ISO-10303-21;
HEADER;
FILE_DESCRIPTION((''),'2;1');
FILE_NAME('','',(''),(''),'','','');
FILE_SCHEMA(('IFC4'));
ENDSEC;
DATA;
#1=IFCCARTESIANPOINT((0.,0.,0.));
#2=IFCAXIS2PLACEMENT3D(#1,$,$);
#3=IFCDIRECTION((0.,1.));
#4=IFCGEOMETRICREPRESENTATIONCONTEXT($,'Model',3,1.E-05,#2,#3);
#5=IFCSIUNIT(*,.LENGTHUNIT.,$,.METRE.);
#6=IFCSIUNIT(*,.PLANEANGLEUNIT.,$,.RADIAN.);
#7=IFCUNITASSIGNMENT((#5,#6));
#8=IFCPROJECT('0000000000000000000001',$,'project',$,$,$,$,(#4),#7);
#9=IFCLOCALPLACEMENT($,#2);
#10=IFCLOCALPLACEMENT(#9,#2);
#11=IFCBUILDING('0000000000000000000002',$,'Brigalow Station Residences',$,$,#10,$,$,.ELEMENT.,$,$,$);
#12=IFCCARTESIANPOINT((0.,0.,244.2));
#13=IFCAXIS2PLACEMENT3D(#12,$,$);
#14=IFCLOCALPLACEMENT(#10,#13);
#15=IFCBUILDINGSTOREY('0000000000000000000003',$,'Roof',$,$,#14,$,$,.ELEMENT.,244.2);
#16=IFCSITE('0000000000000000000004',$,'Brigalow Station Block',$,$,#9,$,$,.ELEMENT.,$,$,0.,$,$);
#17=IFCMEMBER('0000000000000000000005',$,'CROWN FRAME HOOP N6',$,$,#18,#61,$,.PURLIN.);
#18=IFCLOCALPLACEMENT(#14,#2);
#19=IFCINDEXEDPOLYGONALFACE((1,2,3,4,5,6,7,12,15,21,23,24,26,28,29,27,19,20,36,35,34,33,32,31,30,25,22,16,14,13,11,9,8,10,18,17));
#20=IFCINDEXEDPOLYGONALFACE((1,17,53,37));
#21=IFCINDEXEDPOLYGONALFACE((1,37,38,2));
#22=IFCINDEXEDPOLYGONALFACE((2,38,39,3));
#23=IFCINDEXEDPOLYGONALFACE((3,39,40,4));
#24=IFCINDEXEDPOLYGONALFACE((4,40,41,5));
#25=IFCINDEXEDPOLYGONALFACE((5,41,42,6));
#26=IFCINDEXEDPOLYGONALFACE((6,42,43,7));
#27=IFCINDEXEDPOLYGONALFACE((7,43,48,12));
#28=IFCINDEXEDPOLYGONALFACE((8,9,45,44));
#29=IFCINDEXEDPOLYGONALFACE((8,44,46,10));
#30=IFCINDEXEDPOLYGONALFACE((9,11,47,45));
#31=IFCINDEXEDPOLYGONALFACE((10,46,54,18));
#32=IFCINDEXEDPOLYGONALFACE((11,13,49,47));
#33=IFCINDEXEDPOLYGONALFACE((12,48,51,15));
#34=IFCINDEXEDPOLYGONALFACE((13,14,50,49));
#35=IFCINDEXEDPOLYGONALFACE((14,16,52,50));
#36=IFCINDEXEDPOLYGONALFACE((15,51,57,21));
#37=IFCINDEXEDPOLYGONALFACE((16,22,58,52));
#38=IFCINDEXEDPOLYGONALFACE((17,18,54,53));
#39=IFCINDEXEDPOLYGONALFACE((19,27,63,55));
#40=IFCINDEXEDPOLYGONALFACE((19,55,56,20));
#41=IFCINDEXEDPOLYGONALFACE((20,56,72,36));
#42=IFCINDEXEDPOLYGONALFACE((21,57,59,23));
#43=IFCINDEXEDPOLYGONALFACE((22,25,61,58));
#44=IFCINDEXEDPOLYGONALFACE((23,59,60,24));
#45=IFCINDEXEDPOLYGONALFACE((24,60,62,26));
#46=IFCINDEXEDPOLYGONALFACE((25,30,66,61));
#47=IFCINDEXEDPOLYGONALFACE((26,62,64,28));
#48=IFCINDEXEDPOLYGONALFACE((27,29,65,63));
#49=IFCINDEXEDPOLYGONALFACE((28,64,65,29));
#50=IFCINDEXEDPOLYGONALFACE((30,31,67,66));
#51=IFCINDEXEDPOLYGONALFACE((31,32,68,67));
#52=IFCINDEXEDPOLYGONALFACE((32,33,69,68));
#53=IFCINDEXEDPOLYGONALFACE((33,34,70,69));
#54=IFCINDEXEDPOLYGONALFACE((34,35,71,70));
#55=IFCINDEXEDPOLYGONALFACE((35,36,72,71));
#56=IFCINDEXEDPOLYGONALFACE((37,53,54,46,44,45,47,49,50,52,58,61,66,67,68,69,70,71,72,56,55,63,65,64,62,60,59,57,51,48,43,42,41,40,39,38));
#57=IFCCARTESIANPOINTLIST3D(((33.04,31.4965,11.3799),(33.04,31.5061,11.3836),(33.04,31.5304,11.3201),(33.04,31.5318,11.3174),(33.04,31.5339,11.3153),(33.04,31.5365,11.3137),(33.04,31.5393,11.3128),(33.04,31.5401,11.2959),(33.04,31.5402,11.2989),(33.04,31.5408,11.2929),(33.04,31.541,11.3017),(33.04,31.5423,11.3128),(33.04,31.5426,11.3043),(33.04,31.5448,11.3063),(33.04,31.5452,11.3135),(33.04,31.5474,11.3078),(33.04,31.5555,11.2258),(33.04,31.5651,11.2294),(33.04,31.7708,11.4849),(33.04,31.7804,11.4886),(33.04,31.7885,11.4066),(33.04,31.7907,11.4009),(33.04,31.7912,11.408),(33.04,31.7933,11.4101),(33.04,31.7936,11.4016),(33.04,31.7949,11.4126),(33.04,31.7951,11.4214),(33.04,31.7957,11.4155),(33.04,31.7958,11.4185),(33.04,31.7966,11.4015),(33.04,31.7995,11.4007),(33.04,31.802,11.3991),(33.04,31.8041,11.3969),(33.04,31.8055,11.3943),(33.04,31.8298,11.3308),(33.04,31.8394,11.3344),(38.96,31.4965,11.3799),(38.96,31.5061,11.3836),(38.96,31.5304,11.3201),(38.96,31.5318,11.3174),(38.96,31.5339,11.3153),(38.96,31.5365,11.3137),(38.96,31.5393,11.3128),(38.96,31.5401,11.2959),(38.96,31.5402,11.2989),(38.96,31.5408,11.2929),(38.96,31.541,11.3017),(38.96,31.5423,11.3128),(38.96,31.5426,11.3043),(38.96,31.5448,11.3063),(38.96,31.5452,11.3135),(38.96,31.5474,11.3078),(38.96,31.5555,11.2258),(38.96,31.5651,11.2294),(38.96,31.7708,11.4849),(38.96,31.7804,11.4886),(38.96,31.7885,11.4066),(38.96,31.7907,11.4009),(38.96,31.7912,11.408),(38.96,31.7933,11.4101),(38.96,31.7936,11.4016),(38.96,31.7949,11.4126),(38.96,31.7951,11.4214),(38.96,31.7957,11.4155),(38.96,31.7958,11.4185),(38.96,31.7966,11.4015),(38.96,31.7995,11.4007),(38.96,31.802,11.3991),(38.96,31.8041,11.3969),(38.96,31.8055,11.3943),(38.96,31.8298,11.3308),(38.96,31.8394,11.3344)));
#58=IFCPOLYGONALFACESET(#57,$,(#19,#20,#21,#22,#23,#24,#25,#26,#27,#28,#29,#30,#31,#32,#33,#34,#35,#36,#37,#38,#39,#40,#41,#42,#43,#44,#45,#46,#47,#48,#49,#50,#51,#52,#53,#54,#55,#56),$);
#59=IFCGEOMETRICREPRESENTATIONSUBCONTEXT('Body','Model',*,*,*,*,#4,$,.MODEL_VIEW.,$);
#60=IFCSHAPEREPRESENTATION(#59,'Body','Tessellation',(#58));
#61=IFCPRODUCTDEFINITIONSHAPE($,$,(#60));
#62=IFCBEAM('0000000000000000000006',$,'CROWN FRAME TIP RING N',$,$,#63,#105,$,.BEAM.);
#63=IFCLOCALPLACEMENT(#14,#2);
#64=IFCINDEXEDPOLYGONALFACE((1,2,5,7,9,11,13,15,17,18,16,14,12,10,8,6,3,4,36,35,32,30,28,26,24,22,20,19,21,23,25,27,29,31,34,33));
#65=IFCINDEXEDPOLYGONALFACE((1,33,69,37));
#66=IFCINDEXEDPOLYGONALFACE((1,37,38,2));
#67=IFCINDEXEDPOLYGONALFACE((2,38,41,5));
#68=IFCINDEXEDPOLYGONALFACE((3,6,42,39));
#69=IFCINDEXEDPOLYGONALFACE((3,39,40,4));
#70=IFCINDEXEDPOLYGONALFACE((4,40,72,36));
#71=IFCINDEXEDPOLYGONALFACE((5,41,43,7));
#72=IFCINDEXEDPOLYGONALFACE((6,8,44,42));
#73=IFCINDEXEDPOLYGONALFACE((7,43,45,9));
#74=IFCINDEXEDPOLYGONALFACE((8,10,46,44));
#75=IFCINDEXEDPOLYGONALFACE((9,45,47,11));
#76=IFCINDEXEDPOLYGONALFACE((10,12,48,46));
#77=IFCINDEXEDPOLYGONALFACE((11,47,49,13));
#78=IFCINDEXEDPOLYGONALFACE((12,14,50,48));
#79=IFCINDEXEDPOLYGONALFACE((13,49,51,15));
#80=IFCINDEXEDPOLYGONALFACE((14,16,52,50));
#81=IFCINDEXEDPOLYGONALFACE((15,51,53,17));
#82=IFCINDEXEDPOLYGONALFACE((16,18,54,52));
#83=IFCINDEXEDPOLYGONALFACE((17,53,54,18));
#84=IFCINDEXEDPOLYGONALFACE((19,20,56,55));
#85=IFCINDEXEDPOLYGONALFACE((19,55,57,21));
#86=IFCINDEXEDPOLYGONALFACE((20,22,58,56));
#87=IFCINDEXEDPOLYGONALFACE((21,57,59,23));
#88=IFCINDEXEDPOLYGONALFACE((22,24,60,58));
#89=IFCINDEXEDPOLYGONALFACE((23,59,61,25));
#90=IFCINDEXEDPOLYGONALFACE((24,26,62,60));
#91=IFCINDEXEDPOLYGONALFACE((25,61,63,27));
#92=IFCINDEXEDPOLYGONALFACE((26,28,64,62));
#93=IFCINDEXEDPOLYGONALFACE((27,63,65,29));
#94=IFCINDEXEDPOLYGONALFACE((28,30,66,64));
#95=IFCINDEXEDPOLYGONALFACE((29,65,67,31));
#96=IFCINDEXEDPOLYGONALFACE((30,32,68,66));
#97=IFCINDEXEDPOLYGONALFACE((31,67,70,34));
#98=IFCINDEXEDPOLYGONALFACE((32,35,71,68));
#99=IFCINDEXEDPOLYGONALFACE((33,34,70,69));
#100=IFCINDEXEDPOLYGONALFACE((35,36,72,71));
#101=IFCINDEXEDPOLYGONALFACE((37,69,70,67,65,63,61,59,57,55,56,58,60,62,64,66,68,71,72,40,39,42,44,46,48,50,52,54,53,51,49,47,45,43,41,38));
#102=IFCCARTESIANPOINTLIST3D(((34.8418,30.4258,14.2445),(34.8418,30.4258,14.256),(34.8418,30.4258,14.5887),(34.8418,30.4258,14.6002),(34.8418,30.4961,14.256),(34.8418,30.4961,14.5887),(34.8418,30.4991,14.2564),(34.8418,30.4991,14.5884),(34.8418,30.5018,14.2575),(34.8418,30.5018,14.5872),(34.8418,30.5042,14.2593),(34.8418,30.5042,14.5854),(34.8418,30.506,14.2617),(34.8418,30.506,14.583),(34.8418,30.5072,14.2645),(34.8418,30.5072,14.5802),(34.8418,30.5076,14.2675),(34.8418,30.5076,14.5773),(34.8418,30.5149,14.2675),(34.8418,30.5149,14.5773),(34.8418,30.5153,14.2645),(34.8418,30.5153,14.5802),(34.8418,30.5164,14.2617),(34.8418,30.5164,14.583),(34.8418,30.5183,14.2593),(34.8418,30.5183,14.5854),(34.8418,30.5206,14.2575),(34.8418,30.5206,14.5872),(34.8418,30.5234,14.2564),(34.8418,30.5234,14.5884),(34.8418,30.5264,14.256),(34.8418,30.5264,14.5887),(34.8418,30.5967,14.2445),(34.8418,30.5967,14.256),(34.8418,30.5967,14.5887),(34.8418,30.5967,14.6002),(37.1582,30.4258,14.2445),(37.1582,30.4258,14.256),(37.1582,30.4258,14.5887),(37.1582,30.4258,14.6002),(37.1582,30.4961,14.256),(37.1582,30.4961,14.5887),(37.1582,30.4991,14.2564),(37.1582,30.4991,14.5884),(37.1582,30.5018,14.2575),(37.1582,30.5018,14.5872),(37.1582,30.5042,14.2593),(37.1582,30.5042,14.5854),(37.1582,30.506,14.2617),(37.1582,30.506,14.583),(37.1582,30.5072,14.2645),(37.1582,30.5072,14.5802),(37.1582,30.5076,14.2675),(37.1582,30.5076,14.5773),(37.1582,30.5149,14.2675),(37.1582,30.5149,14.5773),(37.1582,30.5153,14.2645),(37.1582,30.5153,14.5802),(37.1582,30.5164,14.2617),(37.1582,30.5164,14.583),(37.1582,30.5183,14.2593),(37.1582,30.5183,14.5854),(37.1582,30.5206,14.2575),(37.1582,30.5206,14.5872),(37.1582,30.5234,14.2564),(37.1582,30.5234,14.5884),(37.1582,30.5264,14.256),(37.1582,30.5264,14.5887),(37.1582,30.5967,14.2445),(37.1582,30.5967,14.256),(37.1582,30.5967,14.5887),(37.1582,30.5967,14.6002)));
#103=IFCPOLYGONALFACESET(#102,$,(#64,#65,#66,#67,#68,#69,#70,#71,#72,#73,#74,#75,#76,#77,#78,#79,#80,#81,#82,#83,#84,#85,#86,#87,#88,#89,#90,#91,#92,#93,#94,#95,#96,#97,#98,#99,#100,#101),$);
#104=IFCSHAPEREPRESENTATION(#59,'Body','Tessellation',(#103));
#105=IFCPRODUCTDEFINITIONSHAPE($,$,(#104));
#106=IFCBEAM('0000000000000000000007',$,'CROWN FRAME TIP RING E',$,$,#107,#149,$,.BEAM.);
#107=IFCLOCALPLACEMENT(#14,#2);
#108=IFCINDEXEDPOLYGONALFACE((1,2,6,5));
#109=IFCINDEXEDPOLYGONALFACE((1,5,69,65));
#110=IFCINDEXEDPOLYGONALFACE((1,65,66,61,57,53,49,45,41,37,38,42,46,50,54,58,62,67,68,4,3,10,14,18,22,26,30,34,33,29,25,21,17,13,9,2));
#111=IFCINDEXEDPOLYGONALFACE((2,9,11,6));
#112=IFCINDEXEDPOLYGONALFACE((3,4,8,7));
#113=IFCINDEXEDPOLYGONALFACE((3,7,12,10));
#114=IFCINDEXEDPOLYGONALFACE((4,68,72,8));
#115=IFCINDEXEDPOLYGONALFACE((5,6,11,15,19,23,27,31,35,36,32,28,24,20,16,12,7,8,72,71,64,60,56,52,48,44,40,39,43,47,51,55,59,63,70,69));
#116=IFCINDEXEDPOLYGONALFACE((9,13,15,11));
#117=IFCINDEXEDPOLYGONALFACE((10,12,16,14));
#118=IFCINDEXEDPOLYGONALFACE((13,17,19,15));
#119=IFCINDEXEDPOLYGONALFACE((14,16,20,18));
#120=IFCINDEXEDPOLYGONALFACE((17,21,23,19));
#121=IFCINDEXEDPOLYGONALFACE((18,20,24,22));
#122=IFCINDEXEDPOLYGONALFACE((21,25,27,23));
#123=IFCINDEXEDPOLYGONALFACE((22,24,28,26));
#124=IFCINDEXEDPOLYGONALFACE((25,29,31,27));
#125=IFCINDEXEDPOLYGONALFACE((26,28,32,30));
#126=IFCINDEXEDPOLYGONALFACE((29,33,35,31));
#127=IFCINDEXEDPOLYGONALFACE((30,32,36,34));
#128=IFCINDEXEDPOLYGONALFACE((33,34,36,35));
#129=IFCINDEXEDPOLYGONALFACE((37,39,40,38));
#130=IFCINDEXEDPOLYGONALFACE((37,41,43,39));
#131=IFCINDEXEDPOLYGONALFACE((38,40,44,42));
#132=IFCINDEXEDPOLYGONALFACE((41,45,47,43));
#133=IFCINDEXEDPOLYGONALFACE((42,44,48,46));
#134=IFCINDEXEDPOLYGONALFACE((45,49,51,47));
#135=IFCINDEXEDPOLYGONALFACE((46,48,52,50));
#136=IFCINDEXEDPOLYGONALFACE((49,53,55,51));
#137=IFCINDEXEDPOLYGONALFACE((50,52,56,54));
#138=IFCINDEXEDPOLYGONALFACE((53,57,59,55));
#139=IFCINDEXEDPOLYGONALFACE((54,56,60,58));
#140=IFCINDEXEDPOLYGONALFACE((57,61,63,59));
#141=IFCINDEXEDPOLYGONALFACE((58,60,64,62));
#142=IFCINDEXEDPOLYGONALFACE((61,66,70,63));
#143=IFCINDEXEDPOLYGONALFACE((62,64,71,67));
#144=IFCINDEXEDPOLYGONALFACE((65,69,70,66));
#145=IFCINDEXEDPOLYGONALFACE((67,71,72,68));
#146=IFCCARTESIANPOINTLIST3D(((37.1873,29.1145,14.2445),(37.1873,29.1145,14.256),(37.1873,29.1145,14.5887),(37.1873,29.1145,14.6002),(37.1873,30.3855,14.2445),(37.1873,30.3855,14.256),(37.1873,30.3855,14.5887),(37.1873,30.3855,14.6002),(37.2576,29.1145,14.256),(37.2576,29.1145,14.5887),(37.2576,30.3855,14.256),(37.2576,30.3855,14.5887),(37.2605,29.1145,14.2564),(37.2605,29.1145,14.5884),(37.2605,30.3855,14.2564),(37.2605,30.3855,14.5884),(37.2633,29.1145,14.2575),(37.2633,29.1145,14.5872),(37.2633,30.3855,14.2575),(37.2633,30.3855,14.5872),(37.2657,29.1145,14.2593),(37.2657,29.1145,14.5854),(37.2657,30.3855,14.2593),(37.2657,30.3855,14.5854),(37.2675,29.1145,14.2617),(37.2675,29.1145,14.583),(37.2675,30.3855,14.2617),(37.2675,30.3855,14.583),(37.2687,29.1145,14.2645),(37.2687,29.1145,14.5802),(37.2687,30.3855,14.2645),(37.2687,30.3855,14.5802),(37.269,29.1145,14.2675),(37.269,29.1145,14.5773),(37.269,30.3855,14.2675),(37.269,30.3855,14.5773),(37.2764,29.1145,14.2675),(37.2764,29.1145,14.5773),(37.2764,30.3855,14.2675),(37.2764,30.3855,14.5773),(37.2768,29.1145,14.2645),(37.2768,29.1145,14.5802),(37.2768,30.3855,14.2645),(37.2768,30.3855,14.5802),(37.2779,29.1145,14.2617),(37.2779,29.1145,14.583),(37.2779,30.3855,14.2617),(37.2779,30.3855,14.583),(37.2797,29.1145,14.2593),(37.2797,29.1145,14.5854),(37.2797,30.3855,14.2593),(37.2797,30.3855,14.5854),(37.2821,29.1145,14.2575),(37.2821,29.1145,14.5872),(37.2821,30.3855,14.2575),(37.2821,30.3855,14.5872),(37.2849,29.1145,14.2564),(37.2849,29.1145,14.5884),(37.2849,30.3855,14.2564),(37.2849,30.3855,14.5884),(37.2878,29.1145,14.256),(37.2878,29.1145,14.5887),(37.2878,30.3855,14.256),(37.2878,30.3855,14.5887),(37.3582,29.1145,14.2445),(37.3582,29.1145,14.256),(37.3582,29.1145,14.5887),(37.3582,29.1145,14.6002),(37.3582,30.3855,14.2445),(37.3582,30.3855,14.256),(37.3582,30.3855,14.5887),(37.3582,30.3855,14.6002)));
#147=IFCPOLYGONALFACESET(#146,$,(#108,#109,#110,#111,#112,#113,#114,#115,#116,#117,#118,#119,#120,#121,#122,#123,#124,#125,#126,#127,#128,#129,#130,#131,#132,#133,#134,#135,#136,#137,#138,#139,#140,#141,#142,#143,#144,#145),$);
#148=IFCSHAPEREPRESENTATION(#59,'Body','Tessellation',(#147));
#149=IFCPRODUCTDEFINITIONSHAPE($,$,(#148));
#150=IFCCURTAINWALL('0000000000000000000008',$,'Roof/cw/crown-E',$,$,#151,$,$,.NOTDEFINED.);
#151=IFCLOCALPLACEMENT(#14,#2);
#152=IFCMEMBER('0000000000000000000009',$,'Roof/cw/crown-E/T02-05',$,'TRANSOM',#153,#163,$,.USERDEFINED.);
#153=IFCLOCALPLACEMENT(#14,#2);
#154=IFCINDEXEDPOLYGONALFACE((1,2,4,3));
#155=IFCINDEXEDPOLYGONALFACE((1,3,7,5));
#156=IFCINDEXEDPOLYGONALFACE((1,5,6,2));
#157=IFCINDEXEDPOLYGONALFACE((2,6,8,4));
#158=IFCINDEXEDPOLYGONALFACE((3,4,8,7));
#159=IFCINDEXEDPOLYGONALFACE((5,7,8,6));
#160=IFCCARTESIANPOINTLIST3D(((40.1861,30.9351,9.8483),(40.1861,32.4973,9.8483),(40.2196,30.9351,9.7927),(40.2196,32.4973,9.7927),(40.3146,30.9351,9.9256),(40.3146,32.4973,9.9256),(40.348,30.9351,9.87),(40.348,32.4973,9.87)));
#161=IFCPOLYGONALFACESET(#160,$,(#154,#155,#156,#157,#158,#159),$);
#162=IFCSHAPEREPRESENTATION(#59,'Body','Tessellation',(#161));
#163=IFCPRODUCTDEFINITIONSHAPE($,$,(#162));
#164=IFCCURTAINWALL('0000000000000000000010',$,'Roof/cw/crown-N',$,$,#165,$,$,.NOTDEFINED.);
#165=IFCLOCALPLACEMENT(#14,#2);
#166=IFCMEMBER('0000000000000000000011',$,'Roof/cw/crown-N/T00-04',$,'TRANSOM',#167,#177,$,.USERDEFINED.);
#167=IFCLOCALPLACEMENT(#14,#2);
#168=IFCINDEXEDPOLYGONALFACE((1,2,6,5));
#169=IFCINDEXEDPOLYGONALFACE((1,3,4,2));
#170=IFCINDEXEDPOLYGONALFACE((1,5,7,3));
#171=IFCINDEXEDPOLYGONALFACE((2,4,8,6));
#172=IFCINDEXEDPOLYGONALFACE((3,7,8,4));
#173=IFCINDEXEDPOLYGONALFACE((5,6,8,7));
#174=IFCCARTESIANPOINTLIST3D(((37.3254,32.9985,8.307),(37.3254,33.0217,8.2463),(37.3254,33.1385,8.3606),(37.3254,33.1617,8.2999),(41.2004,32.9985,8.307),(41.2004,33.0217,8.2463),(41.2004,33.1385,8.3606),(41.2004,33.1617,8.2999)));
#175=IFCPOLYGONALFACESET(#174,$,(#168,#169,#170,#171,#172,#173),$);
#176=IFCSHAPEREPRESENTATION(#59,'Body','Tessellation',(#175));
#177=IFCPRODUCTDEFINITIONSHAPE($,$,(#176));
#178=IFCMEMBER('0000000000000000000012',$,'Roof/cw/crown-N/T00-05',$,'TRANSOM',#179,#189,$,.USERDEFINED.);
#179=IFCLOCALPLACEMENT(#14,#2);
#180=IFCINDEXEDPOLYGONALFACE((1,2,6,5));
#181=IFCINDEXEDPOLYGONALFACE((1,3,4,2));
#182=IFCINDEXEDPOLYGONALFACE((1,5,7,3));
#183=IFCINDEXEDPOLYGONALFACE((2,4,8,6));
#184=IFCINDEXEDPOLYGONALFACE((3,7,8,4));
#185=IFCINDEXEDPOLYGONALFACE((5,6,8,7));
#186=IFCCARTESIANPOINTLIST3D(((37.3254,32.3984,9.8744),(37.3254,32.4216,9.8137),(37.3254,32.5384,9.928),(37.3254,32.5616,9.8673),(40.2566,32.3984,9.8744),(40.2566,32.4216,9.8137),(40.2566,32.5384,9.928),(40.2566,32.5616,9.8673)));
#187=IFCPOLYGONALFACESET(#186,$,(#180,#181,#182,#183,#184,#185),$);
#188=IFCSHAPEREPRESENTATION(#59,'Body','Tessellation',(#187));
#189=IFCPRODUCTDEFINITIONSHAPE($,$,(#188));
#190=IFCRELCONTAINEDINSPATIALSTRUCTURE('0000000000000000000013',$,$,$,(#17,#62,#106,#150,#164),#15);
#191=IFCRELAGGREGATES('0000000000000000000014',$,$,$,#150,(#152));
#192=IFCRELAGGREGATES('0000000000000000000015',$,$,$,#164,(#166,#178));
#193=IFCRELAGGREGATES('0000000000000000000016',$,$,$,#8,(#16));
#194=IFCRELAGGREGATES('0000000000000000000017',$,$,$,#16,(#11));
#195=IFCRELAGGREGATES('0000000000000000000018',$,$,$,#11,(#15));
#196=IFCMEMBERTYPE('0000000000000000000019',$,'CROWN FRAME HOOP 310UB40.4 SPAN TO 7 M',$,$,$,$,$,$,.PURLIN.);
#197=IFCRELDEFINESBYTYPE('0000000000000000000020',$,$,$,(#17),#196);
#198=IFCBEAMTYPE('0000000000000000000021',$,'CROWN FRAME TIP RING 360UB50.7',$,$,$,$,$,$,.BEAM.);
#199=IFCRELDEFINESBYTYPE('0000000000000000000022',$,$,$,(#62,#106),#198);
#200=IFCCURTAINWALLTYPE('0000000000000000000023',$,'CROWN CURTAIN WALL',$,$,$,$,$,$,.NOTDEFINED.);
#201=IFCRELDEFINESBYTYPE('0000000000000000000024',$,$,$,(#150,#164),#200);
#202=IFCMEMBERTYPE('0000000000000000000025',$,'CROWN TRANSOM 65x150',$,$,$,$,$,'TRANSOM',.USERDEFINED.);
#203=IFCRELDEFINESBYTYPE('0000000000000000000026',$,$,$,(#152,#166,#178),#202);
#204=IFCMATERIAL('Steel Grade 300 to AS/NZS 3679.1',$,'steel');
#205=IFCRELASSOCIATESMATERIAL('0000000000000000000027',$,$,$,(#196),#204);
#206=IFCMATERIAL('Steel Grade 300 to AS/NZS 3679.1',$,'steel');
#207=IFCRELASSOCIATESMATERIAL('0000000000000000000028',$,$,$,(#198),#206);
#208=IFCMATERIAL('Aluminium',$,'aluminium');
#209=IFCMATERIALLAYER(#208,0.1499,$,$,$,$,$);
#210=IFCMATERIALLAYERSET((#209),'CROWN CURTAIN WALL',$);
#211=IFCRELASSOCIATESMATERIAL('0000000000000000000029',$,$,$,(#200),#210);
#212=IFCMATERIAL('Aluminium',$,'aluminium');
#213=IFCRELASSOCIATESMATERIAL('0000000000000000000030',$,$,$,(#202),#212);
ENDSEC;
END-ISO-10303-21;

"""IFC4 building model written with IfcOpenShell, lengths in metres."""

from ifc_helpers import new_model, si_unit, direction, frame, origin, origin_2d, place, context, subcontext, project, spatial, rectangle, i_section, extrude, material, layer, layer_set, material_profile, profile_set, type_object, element, aggregate, save


model = new_model("IFC4")

# Units and contexts
model_context = context("Model", 3, precision=1e-05, world=origin(), true_north=direction((0.0, 1.0)))
body_context = subcontext(model_context, "Body", "Model", "MODEL_VIEW")
ifc_project = project(units=[si_unit("LENGTHUNIT", "METRE"), si_unit("PLANEANGLEUNIT", "RADIAN")], contexts=[model_context])

# Site, building, storey
site_placement = place(None, origin())
site = spatial("IfcSite", under=ifc_project, at=site_placement, Name="Brigalow Station Block", CompositionType="ELEMENT", RefElevation=0.0)
building_placement = place(site_placement, origin())
building = spatial("IfcBuilding", under=site, at=building_placement, Name="Brigalow Station Residences", CompositionType="ELEMENT")
storey_placement = place(building_placement, frame((0.0, 0.0, 244.2)))
storey = spatial("IfcBuildingStorey", under=building, at=storey_placement, Name="Roof", CompositionType="ELEMENT", Elevation=244.2)

# Member
ifc_material_1 = material(Name="Steel Grade 300 to AS/NZS 3679.1", Category="steel")
ifc_material_profile_1 = material_profile(ifc_material_1, i_section(OverallWidth=0.165, OverallDepth=0.304, WebThickness=0.0061, FlangeThickness=0.0103, FilletRadius=0.0115, at=origin_2d()), Name="310UB40.4")
ifc_profile_set_1 = profile_set([ifc_material_profile_1], Name="Steel Grade 300 to AS/NZS 3679.1")
member_type_1 = type_object("IfcMemberType", Name="CROWN FRAME HOOP 310UB40.4 SPAN TO 7 M", PredefinedType="PURLIN", material=ifc_profile_set_1)
member_1_placement = place(storey_placement, frame((38.96, 31.668, 11.3572), z_axis=(-1.0, 0.0, 0.0), x_axis=(0.0, -0.357491, 0.933917)))
element("IfcMember", 1, at=member_1_placement, inside=storey, type_object=member_type_1, Name="CROWN FRAME HOOP N6", PredefinedType="PURLIN", context=body_context, shape_type="SweptSolid", body=[
    extrude(i_section(OverallWidth=0.165, OverallDepth=0.304, WebThickness=0.0061, FlangeThickness=0.0103, FilletRadius=0.0115, at=origin_2d()), origin(), (0.0, 0.0, 1.0), 5.9199),
])

# Beams
ifc_material_2 = material(Name="Steel Grade 300 to AS/NZS 3679.1", Category="steel")
ifc_material_profile_2 = material_profile(ifc_material_2, i_section(OverallWidth=0.1709, OverallDepth=0.3557, WebThickness=0.0073, FlangeThickness=0.0115, FilletRadius=0.0115, at=origin_2d()), Name="360UB50.7")
ifc_profile_set_2 = profile_set([ifc_material_profile_2], Name="Steel Grade 300 to AS/NZS 3679.1")
beam_type = type_object("IfcBeamType", Name="CROWN FRAME TIP RING 360UB50.7", PredefinedType="BEAM", material=ifc_profile_set_2)
beam_1_placement = place(storey_placement, frame((37.1582, 30.5112, 14.4224), z_axis=(-1.0, 0.0, 0.0), x_axis=(0.0, -1.0, 0.0)))
element("IfcBeam", 2, at=beam_1_placement, inside=storey, type_object=beam_type, Name="CROWN FRAME TIP RING N", PredefinedType="BEAM", context=body_context, shape_type="SweptSolid", body=[
    extrude(i_section(OverallWidth=0.1709, OverallDepth=0.3557, WebThickness=0.0073, FlangeThickness=0.0115, FilletRadius=0.0115, at=origin_2d()), origin(), (0.0, 0.0, 1.0), 2.3164),
])
beam_2_placement = place(storey_placement, frame((37.2727, 29.1145, 14.4224), z_axis=(0.0, 1.0, 0.0), x_axis=(-1.0, 0.0, 0.0)))
element("IfcBeam", 3, at=beam_2_placement, inside=storey, type_object=beam_type, Name="CROWN FRAME TIP RING E", PredefinedType="BEAM", context=body_context, shape_type="SweptSolid", body=[
    extrude(i_section(OverallWidth=0.1709, OverallDepth=0.3557, WebThickness=0.0073, FlangeThickness=0.0115, FilletRadius=0.0115, at=origin_2d()), origin(), (0.0, 0.0, 1.0), 1.271),
])

# Curtain wall, member
ifc_material_3 = material(Name="Aluminium", Category="aluminium")
ifc_layer_1 = layer(ifc_material_3, 0.1499)
ifc_layer_set_1 = layer_set([ifc_layer_1], Name="CROWN CURTAIN WALL")
curtain_wall_type = type_object("IfcCurtainWallType", Name="CROWN CURTAIN WALL", PredefinedType="NOTDEFINED", material=ifc_layer_set_1)
curtain_wall_1_placement = place(storey_placement, origin())
curtain_wall_1 = element("IfcCurtainWall", 4, at=curtain_wall_1_placement, inside=storey, type_object=curtain_wall_type, Name="Roof/cw/crown-E", PredefinedType="NOTDEFINED")
ifc_material_4 = material(Name="Aluminium", Category="aluminium")
ifc_material_profile_3 = material_profile(ifc_material_4, rectangle(XDim=0.0649, YDim=0.1499, at=origin_2d()), Name="CROWN TRANSOM 65x150")
ifc_profile_set_3 = profile_set([ifc_material_profile_3], Name="Aluminium")
member_type_2 = type_object("IfcMemberType", Name="CROWN TRANSOM 65x150", ElementType="TRANSOM", PredefinedType="USERDEFINED", material=ifc_profile_set_3)
member_2_placement = place(storey_placement, frame((40.2671, 30.9351, 9.8591), z_axis=(0.0, 1.0, 0.0), x_axis=(-0.515813, 0.0, 0.856701)))
member_2 = element("IfcMember", 5, at=member_2_placement, type_object=member_type_2, Name="Roof/cw/crown-E/T02-05", ObjectType="TRANSOM", PredefinedType="USERDEFINED", context=body_context, shape_type="SweptSolid", body=[
    extrude(rectangle(XDim=0.0649, YDim=0.1499, at=origin_2d()), origin(), (0.0, 0.0, 1.0), 1.5623),
])

# Curtain wall, members
curtain_wall_2_placement = place(storey_placement, origin())
curtain_wall_2 = element("IfcCurtainWall", 6, at=curtain_wall_2_placement, inside=storey, type_object=curtain_wall_type, Name="Roof/cw/crown-N", PredefinedType="NOTDEFINED")
member_3_placement = place(storey_placement, frame((41.2004, 33.0801, 8.3035), z_axis=(-1.0, 0.0, 0.0), x_axis=(0.0, -0.357491, 0.933917)))
member_3 = element("IfcMember", 7, at=member_3_placement, type_object=member_type_2, Name="Roof/cw/crown-N/T00-04", ObjectType="TRANSOM", PredefinedType="USERDEFINED", context=body_context, shape_type="SweptSolid", body=[
    extrude(rectangle(XDim=0.0649, YDim=0.1499, at=origin_2d()), origin(), (0.0, 0.0, 1.0), 3.875),
])
member_4_placement = place(storey_placement, frame((40.2566, 32.48, 9.8708), z_axis=(-1.0, 0.0, 0.0), x_axis=(0.0, -0.357491, 0.933917)))
member_4 = element("IfcMember", 8, at=member_4_placement, type_object=member_type_2, Name="Roof/cw/crown-N/T00-05", ObjectType="TRANSOM", PredefinedType="USERDEFINED", context=body_context, shape_type="SweptSolid", body=[
    extrude(rectangle(XDim=0.0649, YDim=0.1499, at=origin_2d()), origin(), (0.0, 0.0, 1.0), 2.9312),
])

aggregate(curtain_wall_1, [member_2])
aggregate(curtain_wall_2, [member_3, member_4])

save(model, "model.ifc")
